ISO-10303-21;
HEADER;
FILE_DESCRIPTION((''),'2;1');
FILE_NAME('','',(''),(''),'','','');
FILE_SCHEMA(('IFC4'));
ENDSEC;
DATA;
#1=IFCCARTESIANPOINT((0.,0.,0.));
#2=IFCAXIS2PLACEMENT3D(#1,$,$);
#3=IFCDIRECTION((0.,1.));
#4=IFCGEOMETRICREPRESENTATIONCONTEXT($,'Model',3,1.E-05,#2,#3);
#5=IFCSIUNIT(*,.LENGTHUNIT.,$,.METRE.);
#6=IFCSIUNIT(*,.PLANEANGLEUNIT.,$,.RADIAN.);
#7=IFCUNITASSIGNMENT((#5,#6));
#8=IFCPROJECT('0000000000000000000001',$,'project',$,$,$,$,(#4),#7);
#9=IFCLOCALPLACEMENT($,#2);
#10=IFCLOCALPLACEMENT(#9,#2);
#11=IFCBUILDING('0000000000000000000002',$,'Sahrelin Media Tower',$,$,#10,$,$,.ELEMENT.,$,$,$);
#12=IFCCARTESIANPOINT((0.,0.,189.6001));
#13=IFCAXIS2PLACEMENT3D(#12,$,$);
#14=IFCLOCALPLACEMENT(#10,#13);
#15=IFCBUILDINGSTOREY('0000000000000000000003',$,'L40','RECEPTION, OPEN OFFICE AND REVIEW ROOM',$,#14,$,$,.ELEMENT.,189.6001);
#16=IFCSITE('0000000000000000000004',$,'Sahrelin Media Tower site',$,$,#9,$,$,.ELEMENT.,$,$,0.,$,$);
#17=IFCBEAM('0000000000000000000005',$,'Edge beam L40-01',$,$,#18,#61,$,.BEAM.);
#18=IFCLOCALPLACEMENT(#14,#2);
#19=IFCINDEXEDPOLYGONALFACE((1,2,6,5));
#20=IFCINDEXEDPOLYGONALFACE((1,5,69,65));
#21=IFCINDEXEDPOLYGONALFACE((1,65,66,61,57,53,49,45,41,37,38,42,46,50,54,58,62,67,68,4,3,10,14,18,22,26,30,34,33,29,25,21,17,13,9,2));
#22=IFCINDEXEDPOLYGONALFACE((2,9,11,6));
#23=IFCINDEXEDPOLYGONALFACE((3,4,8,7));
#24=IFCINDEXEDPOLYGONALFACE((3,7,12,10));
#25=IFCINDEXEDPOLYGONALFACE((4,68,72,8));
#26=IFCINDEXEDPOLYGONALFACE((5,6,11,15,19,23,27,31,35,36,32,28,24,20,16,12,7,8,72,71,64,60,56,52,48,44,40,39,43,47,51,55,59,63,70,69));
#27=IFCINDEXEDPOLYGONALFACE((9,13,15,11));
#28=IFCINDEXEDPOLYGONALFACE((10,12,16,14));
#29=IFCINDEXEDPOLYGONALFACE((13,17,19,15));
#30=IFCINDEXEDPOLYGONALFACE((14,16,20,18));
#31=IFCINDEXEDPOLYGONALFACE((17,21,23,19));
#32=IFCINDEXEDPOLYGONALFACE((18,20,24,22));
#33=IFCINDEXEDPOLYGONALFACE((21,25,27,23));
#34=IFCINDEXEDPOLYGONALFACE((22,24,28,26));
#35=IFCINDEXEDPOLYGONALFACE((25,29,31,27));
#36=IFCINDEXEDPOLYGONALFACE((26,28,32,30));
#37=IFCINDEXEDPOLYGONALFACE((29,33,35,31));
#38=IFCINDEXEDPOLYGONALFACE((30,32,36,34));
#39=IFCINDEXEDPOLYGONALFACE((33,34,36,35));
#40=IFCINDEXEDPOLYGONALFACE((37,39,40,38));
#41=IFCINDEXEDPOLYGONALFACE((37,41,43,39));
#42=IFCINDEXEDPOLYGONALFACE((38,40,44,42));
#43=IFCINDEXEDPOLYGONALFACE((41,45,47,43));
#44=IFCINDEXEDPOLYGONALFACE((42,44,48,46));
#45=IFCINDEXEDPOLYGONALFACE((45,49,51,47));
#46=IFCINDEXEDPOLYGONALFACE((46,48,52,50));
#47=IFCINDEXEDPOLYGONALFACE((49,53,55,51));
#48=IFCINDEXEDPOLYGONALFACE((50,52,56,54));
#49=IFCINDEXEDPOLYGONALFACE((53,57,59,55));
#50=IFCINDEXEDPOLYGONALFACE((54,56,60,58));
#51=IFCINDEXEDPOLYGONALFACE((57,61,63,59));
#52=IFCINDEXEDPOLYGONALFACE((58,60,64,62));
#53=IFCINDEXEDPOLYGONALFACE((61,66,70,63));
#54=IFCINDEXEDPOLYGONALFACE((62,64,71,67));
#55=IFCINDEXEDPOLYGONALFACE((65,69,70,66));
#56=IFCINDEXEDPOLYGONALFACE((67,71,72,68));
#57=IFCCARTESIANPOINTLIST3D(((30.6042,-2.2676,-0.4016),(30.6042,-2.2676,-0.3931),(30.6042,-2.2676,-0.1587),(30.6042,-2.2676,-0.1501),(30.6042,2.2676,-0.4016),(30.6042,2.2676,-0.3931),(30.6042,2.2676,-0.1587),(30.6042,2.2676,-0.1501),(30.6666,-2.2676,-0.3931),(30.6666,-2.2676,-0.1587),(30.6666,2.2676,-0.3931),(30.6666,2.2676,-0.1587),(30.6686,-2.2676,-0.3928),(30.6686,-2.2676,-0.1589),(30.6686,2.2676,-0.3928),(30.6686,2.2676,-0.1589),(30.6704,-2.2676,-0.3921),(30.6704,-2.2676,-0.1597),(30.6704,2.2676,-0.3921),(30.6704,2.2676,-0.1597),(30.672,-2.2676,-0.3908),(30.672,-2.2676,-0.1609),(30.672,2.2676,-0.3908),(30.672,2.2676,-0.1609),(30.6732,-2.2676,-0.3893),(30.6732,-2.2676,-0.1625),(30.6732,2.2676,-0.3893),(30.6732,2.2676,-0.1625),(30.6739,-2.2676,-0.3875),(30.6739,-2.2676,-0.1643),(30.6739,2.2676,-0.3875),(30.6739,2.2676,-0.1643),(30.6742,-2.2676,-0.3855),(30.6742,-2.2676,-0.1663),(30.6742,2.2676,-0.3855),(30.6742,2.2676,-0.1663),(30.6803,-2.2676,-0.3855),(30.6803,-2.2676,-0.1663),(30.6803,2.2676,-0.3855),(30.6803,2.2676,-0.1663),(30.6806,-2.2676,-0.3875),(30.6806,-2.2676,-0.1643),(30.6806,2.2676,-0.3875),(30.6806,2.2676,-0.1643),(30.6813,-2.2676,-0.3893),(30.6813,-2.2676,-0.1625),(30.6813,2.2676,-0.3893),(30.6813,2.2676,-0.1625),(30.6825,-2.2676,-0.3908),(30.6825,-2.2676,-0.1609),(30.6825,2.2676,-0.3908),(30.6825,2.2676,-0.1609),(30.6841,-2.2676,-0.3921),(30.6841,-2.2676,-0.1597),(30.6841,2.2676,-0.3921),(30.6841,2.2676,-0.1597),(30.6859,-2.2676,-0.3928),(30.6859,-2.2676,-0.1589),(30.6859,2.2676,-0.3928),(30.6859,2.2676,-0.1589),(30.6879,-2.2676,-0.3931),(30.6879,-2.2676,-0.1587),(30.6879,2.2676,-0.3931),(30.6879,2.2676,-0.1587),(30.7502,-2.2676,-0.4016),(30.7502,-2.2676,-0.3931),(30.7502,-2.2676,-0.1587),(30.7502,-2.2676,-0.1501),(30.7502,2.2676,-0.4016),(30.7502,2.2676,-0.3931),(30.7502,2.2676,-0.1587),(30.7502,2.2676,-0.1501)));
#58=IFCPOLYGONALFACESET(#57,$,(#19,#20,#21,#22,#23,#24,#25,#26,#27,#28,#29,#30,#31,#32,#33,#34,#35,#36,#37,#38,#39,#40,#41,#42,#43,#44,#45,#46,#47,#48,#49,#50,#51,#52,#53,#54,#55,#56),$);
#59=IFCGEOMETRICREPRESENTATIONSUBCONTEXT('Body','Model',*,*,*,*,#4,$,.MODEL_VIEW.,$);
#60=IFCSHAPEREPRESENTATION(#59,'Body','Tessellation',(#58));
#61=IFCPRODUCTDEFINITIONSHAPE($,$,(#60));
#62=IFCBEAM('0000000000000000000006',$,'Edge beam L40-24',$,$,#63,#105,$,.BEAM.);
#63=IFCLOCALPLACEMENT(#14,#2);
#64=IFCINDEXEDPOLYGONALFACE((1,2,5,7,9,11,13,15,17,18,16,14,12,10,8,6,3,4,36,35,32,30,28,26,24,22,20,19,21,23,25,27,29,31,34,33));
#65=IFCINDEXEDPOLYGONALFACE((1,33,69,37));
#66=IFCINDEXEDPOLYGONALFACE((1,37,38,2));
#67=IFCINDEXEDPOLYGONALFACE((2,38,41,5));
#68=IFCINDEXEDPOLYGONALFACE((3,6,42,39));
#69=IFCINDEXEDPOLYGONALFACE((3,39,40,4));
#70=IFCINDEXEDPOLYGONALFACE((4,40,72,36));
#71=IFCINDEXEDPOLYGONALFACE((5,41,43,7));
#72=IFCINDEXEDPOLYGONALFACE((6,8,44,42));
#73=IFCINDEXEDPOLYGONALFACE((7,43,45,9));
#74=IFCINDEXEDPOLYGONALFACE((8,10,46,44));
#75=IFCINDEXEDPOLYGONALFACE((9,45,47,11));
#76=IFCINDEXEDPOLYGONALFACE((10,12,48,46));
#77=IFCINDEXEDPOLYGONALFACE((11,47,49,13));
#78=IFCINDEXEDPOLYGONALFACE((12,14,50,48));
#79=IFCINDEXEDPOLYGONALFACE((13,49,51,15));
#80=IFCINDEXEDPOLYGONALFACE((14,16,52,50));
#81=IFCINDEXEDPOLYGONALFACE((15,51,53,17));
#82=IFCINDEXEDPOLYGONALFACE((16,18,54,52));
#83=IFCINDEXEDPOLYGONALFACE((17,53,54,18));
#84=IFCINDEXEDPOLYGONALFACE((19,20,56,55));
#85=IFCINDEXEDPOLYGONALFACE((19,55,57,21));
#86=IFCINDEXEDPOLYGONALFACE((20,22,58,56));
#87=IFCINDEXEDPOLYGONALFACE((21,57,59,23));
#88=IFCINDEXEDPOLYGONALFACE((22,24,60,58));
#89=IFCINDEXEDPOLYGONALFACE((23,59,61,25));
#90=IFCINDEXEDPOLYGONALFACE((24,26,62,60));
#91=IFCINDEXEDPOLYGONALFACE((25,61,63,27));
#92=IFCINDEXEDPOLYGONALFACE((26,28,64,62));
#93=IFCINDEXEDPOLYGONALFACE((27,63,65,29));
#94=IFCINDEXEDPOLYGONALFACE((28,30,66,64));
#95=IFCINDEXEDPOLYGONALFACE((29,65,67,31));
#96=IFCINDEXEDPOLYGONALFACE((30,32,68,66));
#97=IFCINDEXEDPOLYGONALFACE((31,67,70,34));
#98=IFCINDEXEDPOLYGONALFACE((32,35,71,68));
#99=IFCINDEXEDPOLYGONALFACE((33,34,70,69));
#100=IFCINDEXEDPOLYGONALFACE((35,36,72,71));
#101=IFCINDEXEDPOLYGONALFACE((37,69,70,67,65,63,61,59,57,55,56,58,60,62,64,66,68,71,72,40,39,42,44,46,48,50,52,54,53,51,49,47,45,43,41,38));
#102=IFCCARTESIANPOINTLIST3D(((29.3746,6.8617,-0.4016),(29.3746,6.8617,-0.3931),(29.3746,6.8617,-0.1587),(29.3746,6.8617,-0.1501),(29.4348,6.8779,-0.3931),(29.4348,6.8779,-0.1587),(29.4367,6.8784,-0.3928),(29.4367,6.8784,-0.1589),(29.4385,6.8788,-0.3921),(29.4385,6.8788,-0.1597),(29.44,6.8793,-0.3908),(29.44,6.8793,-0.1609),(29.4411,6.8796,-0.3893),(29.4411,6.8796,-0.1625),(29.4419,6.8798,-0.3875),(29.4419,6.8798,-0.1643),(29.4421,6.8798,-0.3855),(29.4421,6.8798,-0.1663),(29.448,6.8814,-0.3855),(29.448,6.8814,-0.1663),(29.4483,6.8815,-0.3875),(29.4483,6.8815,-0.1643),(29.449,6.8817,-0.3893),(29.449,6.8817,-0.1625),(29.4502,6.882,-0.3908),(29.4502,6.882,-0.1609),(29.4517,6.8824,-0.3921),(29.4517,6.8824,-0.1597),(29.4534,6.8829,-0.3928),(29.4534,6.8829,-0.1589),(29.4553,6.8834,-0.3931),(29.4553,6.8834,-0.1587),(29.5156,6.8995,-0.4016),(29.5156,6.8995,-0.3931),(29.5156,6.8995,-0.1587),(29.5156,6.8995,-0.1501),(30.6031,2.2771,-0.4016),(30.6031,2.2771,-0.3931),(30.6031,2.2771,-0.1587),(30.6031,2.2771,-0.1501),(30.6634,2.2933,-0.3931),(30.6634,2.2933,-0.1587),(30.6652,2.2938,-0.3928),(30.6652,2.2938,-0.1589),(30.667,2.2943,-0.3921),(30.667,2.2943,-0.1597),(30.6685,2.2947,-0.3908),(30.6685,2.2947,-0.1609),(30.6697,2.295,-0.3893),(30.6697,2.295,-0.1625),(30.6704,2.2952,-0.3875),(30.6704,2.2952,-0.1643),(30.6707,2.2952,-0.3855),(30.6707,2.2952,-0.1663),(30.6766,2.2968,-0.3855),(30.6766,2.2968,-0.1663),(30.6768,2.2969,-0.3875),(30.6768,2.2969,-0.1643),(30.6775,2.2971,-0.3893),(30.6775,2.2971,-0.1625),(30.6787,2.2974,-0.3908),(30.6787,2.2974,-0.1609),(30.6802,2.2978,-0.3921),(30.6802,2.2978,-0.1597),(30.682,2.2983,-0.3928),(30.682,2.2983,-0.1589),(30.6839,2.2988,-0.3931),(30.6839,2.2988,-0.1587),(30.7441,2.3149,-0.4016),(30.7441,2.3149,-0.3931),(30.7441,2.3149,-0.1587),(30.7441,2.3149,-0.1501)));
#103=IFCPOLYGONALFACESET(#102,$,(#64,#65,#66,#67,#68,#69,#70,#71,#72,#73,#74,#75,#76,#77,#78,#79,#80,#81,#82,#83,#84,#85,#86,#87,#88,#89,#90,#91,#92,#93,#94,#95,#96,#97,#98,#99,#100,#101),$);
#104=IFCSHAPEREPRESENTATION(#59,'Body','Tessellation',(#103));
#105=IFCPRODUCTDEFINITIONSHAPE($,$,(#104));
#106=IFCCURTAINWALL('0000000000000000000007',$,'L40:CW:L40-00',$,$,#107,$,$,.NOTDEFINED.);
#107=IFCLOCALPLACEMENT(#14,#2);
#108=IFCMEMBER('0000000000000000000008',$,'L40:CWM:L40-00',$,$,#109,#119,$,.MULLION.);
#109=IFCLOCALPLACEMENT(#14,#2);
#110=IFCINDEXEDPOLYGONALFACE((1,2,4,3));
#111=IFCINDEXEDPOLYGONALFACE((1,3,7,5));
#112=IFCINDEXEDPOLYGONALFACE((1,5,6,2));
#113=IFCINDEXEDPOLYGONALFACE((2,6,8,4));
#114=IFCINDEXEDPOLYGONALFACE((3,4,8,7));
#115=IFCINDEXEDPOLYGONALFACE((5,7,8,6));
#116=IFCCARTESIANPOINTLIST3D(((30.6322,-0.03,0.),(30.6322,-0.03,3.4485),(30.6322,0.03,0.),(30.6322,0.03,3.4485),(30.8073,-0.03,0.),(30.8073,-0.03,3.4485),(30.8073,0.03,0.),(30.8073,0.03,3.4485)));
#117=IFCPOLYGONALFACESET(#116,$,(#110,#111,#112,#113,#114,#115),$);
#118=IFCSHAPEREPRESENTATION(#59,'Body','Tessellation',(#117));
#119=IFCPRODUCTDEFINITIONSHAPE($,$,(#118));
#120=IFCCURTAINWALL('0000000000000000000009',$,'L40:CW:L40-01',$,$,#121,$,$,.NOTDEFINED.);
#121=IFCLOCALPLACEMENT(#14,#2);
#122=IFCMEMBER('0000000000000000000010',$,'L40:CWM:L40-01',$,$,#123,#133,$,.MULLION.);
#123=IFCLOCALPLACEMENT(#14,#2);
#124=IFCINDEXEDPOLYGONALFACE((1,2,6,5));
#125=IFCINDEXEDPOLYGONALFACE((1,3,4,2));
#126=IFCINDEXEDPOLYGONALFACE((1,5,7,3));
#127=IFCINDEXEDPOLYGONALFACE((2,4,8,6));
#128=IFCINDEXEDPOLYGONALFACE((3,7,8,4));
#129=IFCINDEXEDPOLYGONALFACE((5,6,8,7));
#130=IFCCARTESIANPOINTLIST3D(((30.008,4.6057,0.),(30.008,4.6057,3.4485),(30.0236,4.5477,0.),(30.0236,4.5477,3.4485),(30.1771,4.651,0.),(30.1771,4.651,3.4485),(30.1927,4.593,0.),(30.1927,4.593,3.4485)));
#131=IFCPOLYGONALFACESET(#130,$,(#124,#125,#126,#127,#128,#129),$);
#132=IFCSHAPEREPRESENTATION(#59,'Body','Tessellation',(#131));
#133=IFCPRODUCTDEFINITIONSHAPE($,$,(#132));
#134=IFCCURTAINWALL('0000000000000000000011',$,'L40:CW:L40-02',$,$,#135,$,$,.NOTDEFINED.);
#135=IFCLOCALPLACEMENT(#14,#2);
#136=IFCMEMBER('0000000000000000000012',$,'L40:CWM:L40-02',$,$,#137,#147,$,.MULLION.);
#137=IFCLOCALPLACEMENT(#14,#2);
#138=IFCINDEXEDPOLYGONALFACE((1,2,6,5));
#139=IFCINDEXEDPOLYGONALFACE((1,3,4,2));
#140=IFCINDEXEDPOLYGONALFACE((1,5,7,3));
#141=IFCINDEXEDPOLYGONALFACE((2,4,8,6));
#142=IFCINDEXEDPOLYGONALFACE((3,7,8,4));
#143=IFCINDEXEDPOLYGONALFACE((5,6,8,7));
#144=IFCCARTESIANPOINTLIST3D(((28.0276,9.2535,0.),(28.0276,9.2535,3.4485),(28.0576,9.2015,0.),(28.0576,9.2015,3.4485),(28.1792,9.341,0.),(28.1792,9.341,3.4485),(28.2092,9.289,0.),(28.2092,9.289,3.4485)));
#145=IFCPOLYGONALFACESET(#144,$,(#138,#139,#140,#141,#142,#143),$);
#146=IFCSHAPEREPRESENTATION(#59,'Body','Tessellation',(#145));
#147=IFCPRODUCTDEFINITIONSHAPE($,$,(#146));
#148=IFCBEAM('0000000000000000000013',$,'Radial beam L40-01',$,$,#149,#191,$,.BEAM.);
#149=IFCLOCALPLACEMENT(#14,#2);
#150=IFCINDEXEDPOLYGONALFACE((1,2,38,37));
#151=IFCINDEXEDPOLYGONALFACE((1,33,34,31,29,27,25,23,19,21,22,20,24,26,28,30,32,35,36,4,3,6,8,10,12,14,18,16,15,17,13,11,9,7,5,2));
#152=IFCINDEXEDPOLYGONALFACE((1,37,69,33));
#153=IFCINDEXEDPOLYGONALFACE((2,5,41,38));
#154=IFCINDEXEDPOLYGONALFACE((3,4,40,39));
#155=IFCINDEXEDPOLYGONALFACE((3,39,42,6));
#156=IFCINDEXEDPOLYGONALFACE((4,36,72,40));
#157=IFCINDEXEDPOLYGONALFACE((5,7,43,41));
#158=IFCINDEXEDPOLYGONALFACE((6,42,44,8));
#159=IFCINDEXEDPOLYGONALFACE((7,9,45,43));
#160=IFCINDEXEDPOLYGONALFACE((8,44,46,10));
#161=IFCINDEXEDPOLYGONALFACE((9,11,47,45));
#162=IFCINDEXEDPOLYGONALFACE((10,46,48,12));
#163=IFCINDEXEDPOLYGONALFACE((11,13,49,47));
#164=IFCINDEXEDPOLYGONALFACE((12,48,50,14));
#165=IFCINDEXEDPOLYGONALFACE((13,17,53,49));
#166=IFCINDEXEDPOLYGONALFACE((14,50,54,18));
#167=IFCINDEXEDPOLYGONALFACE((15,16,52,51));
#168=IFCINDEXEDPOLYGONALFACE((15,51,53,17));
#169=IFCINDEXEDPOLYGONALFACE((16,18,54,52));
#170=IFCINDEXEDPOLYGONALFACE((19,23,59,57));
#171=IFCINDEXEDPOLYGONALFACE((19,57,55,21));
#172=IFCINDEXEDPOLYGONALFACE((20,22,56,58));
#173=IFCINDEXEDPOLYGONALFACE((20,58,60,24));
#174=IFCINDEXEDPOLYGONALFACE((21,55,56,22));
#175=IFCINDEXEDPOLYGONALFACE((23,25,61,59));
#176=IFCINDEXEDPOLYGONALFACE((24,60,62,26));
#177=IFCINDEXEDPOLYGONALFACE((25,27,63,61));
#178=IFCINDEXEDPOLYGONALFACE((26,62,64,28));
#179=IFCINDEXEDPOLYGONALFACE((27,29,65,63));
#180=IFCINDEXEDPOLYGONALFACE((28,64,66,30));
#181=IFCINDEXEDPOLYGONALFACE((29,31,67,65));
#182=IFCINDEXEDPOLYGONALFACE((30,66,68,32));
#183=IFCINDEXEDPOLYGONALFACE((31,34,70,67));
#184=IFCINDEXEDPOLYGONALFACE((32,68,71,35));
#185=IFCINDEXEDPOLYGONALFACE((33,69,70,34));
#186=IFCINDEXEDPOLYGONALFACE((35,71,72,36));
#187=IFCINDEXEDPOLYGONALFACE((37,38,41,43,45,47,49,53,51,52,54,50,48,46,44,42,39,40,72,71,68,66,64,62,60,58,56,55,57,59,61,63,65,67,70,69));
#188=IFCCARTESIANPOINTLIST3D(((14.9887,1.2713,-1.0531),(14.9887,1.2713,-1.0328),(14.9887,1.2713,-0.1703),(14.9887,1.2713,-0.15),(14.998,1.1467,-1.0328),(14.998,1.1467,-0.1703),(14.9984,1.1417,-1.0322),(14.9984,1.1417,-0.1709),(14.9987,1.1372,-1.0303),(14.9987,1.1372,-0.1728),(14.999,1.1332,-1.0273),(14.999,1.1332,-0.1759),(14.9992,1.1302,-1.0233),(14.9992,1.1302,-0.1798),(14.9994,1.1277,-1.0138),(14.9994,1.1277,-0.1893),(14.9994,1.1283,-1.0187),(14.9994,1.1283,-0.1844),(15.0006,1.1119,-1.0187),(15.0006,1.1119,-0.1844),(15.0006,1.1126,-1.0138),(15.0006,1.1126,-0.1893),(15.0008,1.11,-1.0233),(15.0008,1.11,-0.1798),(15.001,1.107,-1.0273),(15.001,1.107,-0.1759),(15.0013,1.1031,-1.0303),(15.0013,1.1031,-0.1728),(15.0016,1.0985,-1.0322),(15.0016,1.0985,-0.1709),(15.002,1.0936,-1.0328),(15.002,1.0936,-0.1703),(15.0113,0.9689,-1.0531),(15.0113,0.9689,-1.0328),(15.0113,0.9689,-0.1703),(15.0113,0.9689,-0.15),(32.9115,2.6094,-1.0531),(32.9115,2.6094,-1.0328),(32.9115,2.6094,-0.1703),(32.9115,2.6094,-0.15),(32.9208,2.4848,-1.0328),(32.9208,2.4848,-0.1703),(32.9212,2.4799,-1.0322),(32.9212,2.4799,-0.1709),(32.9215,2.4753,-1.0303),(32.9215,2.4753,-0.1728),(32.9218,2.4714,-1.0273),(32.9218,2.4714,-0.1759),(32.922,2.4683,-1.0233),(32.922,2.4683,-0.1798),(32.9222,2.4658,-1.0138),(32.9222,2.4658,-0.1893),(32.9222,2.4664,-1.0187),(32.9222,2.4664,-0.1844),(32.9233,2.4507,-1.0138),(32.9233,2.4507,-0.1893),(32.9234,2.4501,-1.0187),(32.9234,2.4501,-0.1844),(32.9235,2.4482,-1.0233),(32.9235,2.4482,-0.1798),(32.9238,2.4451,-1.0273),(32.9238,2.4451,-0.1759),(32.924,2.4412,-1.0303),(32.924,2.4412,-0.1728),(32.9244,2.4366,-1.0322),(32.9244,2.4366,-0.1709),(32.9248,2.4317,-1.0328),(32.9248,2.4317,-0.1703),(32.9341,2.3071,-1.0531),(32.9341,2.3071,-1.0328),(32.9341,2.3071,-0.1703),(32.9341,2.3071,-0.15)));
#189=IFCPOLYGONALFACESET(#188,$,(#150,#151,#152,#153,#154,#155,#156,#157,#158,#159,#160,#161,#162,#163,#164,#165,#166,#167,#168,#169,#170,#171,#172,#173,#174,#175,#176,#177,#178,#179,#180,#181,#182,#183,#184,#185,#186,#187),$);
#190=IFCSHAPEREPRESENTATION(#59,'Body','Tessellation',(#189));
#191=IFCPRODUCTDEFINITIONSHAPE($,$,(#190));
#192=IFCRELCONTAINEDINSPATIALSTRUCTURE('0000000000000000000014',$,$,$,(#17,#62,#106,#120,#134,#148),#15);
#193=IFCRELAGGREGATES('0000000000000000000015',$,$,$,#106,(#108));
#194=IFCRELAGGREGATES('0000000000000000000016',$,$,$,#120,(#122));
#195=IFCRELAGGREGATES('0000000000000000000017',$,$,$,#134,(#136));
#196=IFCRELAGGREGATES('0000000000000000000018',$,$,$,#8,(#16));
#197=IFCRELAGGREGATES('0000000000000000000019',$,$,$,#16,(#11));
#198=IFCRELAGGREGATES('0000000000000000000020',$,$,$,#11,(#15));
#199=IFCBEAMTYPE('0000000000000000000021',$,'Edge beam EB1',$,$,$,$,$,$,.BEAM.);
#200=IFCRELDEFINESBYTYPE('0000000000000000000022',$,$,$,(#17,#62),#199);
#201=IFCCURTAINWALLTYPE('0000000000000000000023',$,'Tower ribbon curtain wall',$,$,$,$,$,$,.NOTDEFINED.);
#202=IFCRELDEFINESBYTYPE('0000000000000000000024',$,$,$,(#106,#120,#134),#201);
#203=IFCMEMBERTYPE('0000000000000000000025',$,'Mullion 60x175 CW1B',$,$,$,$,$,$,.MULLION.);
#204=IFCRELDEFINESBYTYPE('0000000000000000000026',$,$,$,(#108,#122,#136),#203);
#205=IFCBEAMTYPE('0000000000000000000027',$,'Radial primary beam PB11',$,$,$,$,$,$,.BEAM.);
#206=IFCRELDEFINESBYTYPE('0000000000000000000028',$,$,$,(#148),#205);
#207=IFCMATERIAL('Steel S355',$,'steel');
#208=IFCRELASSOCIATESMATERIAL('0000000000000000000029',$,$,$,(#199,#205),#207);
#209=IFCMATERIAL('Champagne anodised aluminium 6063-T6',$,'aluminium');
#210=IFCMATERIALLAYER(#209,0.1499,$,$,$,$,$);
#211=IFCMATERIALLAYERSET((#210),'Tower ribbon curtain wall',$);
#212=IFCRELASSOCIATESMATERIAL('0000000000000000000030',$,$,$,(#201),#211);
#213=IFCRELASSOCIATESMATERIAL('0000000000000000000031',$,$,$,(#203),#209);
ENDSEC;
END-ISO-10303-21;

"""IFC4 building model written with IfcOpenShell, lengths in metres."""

from ifc_helpers import new_model, si_unit, direction, frame, origin, origin_2d, place, context, subcontext, project, spatial, rectangle, i_section, extrude, material, layer, layer_set, material_profile, profile_set, type_object, element, aggregate, save


model = new_model("IFC4")

# Units and contexts
model_context = context("Model", 3, precision=1e-05, world=origin(), true_north=direction((0.0, 1.0)))
body_context = subcontext(model_context, "Body", "Model", "MODEL_VIEW")
ifc_project = project(units=[si_unit("LENGTHUNIT", "METRE"), si_unit("PLANEANGLEUNIT", "RADIAN")], contexts=[model_context])

# Site, building, storey
site_placement = place(None, origin())
site = spatial("IfcSite", under=ifc_project, at=site_placement, Name="Sahrelin Media Tower site", CompositionType="ELEMENT", RefElevation=0.0)
building_placement = place(site_placement, origin())
building = spatial("IfcBuilding", under=site, at=building_placement, Name="Sahrelin Media Tower", CompositionType="ELEMENT")
storey_placement = place(building_placement, frame((0.0, 0.0, 189.6001)))
storey = spatial("IfcBuildingStorey", under=building, at=storey_placement, Name="L40", Description="RECEPTION, OPEN OFFICE AND REVIEW ROOM", CompositionType="ELEMENT", Elevation=189.6001)

# Beams
ifc_material_1 = material(Name="Steel S355", Category="steel")
ifc_material_profile_1 = material_profile(ifc_material_1, i_section(OverallWidth=0.146, OverallDepth=0.2515, WebThickness=0.0061, FlangeThickness=0.0085, FilletRadius=0.0076, at=origin_2d()), Name="UB 254x146x31")
ifc_profile_set_1 = profile_set([ifc_material_profile_1], Name="Steel S355")
beam_type_1 = type_object("IfcBeamType", Name="Edge beam EB1", PredefinedType="BEAM", material=ifc_profile_set_1)
beam_1_placement = place(storey_placement, frame((30.6772, 2.2676, -0.2759), z_axis=(0.0, -1.0, 0.0), x_axis=(1.0, 0.0, 0.0)))
element("IfcBeam", 1, at=beam_1_placement, inside=storey, type_object=beam_type_1, Name="Edge beam L40-01", PredefinedType="BEAM", context=body_context, shape_type="SweptSolid", body=[
    extrude(i_section(OverallWidth=0.146, OverallDepth=0.2515, WebThickness=0.0061, FlangeThickness=0.0085, FilletRadius=0.0076, at=origin_2d()), origin(), (0.0, 0.0, 1.0), 4.5352),
])
beam_2_placement = place(storey_placement, frame((29.4451, 6.8806, -0.2759), z_axis=(0.258841, -0.96592, 0.0), x_axis=(0.96592, 0.258841, 0.0)))
element("IfcBeam", 2, at=beam_2_placement, inside=storey, type_object=beam_type_1, Name="Edge beam L40-24", PredefinedType="BEAM", context=body_context, shape_type="SweptSolid", body=[
    extrude(i_section(OverallWidth=0.146, OverallDepth=0.2515, WebThickness=0.0061, FlangeThickness=0.0085, FilletRadius=0.0076, at=origin_2d()), origin(), (0.0, 0.0, 1.0), 4.7463),
])

# Curtain walls, members
ifc_material_2 = material(Name="Champagne anodised aluminium 6063-T6", Category="aluminium")
ifc_layer_1 = layer(ifc_material_2, 0.1499)
ifc_layer_set_1 = layer_set([ifc_layer_1], Name="Tower ribbon curtain wall")
curtain_wall_type = type_object("IfcCurtainWallType", Name="Tower ribbon curtain wall", PredefinedType="NOTDEFINED", material=ifc_layer_set_1)
curtain_wall_1_placement = place(storey_placement, frame((30.8274, 0.0, 0.0), z_axis=(0.0, 0.0, 1.0), x_axis=(1.0, 0.0, 0.0)))
curtain_wall_1 = element("IfcCurtainWall", 3, at=curtain_wall_1_placement, inside=storey, type_object=curtain_wall_type, Name="L40:CW:L40-00", PredefinedType="NOTDEFINED")
ifc_material_profile_2 = material_profile(ifc_material_2, rectangle(XDim=0.0601, YDim=0.175, at=origin_2d()), Name="Mullion 60x175")
ifc_profile_set_2 = profile_set([ifc_material_profile_2], Name="Champagne anodised aluminium 6063-T6")
member_type_1 = type_object("IfcMemberType", Name="Mullion 60x175 CW1B", PredefinedType="MULLION", material=ifc_profile_set_2)
member_1_placement = place(storey_placement, frame((30.7197, 0.0, 0.0), z_axis=(0.0, 0.0, 1.0), x_axis=(0.0, 1.0, 0.0)))
member_1 = element("IfcMember", 4, at=member_1_placement, type_object=member_type_1, Name="L40:CWM:L40-00", PredefinedType="MULLION", context=body_context, shape_type="SweptSolid", body=[
    extrude(rectangle(XDim=0.0601, YDim=0.175, at=origin_2d()), origin(), (0.0, 0.0, 1.0), 3.4485),
])
aggregate(curtain_wall_1, [member_1])
curtain_wall_2_placement = place(storey_placement, frame((30.2041, 4.6272, 0.0), z_axis=(0.0, 0.0, 1.0), x_axis=(1.0, 0.0, 0.0)))
curtain_wall_2 = element("IfcCurtainWall", 5, at=curtain_wall_2_placement, inside=storey, type_object=curtain_wall_type, Name="L40:CW:L40-01", PredefinedType="NOTDEFINED")
member_2_placement = place(storey_placement, frame((30.1003, 4.5994, 0.0), z_axis=(0.0, 0.0, 1.0), x_axis=(-0.258829, 0.965923, 0.0)))
member_2 = element("IfcMember", 6, at=member_2_placement, type_object=member_type_1, Name="L40:CWM:L40-01", PredefinedType="MULLION", context=body_context, shape_type="SweptSolid", body=[
    extrude(rectangle(XDim=0.0601, YDim=0.175, at=origin_2d()), origin(), (0.0, 0.0, 1.0), 3.4485),
])
curtain_wall_3_placement = place(storey_placement, frame((28.2112, 9.325, 0.0), z_axis=(0.0, 0.0, 1.0), x_axis=(1.0, 0.0, 0.0)))
curtain_wall_3 = element("IfcCurtainWall", 7, at=curtain_wall_3_placement, inside=storey, type_object=curtain_wall_type, Name="L40:CW:L40-02", PredefinedType="NOTDEFINED")
member_3_placement = place(storey_placement, frame((28.1184, 9.2712, 0.0), z_axis=(0.0, 0.0, 1.0), x_axis=(-0.499997, 0.866027, 0.0)))
member_3 = element("IfcMember", 8, at=member_3_placement, type_object=member_type_1, Name="L40:CWM:L40-02", PredefinedType="MULLION", context=body_context, shape_type="SweptSolid", body=[
    extrude(rectangle(XDim=0.0601, YDim=0.175, at=origin_2d()), origin(), (0.0, 0.0, 1.0), 3.4485),
])

# Beam
ifc_material_profile_3 = material_profile(ifc_material_1, i_section(OverallWidth=0.3032, OverallDepth=0.9031, WebThickness=0.0151, FlangeThickness=0.0203, FilletRadius=0.019, at=origin_2d()), Name="UB 914x305x201")
ifc_profile_set_3 = profile_set([ifc_material_profile_3], Name="Steel S355")
beam_type_2 = type_object("IfcBeamType", Name="Radial primary beam PB11", PredefinedType="BEAM", material=ifc_profile_set_3)
beam_3_placement = place(storey_placement, frame((15.0, 1.1201, -0.6016), z_axis=(0.997224, 0.074454, 0.0), x_axis=(-0.074454, 0.997224, 0.0)))
element("IfcBeam", 9, at=beam_3_placement, inside=storey, type_object=beam_type_2, Name="Radial beam L40-01", PredefinedType="BEAM", context=body_context, shape_type="SweptSolid", body=[
    extrude(i_section(OverallWidth=0.3032, OverallDepth=0.9031, WebThickness=0.0151, FlangeThickness=0.0203, FilletRadius=0.019, at=origin_2d()), origin(), (0.0, 0.0, 1.0), 17.9727),
])

aggregate(curtain_wall_2, [member_2])
aggregate(curtain_wall_3, [member_3])

save(model, "model.ifc")
